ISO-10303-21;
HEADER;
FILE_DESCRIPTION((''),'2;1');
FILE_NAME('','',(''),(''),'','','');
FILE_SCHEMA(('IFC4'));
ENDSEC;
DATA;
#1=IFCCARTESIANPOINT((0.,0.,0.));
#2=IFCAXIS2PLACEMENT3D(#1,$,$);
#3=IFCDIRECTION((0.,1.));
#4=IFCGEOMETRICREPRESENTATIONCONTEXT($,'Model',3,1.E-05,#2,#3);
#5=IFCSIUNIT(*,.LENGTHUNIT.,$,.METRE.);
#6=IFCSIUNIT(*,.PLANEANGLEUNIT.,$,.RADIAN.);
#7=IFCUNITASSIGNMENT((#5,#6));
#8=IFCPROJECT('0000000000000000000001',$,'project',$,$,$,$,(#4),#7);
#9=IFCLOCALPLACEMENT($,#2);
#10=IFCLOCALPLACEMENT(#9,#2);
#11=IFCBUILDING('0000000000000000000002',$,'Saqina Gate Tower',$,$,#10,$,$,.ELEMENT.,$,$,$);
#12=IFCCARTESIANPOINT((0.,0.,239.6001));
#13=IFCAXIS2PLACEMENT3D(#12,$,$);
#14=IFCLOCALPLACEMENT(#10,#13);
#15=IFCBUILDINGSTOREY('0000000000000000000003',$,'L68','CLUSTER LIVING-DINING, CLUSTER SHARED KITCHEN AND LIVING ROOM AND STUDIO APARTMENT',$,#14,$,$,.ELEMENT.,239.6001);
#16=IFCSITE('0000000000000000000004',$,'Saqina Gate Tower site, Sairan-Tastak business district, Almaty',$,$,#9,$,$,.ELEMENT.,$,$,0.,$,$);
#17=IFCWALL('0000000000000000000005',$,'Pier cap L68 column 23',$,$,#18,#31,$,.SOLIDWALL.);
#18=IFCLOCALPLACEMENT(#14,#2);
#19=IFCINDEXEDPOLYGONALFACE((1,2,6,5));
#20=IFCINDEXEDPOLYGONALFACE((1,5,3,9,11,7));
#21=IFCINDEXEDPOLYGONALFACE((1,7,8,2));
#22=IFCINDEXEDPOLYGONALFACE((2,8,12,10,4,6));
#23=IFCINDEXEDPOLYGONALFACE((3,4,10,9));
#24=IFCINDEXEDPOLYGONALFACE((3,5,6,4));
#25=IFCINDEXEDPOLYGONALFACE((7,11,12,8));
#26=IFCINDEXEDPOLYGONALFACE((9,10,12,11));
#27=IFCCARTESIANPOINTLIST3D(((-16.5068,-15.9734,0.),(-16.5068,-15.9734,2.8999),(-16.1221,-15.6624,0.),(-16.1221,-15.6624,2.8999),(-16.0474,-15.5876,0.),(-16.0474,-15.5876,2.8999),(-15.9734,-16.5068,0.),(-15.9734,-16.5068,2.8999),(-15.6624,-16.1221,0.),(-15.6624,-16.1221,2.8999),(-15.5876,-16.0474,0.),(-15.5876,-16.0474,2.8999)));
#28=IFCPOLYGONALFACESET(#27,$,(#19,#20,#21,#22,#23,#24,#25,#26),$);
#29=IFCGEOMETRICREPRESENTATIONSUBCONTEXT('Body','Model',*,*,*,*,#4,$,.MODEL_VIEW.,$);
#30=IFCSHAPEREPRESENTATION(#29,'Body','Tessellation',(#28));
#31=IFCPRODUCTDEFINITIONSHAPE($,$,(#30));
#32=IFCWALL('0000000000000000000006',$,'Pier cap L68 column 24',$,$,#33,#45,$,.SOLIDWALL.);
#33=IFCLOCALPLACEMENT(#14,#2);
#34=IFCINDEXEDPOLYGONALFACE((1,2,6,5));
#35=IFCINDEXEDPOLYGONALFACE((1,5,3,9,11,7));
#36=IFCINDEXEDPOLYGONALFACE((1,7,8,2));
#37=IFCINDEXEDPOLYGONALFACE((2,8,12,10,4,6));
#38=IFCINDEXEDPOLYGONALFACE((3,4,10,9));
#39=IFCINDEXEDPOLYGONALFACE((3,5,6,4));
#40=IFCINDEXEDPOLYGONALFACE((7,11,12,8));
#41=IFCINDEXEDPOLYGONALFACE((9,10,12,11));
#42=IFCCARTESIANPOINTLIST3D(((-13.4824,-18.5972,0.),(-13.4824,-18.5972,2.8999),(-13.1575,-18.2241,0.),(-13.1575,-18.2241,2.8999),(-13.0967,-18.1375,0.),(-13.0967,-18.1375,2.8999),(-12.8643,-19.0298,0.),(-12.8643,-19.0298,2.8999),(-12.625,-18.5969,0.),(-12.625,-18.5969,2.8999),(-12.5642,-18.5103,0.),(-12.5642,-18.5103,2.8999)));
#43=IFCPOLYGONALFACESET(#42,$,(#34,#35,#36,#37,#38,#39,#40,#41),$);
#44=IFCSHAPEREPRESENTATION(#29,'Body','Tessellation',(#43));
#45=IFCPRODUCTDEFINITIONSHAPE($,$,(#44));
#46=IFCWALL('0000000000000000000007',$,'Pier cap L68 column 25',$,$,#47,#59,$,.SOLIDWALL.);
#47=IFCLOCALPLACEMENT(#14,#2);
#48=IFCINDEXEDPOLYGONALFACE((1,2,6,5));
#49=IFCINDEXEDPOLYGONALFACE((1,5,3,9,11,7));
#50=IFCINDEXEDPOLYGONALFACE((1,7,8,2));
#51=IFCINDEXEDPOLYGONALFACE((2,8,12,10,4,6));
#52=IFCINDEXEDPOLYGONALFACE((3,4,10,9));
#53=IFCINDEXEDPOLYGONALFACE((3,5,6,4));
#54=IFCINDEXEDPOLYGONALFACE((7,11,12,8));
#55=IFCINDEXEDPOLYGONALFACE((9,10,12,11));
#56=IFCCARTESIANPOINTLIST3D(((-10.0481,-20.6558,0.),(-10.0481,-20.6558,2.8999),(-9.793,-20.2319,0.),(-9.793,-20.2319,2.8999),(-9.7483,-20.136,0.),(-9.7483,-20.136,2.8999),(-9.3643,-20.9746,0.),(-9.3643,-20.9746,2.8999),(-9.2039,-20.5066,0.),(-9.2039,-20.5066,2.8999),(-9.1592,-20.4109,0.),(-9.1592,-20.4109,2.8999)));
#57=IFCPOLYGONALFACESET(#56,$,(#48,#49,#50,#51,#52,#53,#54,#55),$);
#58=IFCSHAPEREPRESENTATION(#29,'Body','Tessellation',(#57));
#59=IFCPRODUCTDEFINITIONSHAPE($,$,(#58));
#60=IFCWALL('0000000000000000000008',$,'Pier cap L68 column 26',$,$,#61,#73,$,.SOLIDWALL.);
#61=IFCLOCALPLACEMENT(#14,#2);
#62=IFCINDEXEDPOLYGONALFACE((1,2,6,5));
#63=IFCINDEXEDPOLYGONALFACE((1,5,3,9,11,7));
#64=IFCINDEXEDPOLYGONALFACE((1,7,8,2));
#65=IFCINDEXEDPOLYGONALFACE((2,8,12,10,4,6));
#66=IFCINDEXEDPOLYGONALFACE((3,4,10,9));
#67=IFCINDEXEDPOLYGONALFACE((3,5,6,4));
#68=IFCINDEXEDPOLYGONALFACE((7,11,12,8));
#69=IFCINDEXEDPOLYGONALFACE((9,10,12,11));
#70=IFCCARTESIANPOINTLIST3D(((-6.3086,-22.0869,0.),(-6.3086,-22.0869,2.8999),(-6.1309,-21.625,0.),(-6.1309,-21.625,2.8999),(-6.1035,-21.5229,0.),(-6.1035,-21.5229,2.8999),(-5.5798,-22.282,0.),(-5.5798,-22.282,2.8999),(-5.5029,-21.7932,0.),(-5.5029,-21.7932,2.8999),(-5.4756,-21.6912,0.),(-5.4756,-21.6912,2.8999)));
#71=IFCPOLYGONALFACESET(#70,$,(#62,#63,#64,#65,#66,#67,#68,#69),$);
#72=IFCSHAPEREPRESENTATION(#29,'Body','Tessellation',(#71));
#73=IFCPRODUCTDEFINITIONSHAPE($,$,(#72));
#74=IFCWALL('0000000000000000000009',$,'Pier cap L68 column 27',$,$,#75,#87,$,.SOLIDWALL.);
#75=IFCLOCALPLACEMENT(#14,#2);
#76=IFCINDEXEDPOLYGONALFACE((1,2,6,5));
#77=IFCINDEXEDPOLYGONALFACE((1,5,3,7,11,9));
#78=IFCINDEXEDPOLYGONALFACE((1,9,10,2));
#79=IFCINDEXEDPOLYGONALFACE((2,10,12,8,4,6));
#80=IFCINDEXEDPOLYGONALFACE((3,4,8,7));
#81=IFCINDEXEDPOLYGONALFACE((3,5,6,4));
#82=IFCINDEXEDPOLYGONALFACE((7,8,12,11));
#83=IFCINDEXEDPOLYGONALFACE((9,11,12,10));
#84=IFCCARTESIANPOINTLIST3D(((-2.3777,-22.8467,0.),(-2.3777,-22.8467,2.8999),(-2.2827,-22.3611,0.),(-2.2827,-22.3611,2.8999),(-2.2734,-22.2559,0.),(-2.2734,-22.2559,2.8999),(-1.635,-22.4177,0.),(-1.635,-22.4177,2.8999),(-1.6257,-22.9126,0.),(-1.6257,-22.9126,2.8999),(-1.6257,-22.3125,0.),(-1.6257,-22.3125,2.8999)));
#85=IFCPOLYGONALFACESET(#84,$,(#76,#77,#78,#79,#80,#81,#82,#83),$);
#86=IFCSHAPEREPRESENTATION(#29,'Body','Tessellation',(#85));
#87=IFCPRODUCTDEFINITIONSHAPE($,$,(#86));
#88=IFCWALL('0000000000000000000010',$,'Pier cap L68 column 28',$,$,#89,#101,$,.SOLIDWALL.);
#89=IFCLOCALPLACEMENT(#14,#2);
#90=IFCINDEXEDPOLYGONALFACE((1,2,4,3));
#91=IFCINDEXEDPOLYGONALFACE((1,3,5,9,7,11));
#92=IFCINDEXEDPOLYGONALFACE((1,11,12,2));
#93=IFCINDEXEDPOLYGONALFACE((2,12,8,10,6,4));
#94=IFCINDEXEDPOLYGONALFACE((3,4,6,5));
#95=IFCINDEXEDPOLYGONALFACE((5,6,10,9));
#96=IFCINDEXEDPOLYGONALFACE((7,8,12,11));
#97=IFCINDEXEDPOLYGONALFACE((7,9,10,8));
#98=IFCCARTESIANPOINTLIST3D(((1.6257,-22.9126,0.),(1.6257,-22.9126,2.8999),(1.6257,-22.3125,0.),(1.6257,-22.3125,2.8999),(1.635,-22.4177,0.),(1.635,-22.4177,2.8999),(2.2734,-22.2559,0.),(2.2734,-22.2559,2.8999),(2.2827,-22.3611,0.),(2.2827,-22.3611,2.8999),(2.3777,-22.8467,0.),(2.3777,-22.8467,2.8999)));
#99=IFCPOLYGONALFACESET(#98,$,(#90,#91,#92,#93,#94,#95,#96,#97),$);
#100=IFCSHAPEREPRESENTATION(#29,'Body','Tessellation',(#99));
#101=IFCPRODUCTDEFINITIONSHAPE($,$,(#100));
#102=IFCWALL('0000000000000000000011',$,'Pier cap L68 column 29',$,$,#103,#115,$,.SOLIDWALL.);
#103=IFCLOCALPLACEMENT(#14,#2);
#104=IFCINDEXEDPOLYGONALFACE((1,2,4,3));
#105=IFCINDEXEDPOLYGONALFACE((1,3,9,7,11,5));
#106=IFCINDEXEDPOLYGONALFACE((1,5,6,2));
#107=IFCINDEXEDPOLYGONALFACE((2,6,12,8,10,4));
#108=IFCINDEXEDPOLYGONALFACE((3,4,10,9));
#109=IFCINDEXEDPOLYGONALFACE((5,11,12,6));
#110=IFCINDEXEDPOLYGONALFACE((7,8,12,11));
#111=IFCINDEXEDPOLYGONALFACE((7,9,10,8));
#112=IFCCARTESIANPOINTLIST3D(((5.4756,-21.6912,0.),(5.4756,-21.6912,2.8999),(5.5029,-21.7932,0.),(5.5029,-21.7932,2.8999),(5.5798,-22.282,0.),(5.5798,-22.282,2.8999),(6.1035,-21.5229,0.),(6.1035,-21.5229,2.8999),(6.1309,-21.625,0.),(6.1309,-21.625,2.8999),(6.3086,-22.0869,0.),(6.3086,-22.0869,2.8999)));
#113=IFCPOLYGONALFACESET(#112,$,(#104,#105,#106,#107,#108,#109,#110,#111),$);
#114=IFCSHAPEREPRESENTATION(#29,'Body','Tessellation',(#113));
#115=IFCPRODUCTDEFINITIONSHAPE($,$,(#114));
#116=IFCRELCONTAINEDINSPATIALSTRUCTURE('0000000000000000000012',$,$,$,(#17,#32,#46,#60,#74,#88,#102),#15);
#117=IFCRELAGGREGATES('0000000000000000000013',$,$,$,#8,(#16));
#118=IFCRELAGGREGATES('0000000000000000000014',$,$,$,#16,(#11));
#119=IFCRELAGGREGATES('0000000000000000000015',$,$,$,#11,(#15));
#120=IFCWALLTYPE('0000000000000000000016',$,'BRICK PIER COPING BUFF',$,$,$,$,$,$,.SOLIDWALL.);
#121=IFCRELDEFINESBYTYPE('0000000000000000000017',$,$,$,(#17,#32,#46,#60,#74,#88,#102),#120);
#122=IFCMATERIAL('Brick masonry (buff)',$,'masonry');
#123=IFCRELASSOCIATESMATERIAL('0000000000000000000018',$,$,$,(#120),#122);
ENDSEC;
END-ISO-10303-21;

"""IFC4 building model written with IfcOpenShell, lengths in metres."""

from ifc_helpers import new_model, si_unit, direction, frame, origin, place, context, subcontext, project, spatial, polyline, outline, extrude, material, type_object, element, save


model = new_model("IFC4")

# Units and contexts
model_context = context("Model", 3, precision=1e-05, world=origin(), true_north=direction((0.0, 1.0)))
body_context = subcontext(model_context, "Body", "Model", "MODEL_VIEW")
ifc_project = project(units=[si_unit("LENGTHUNIT", "METRE"), si_unit("PLANEANGLEUNIT", "RADIAN")], contexts=[model_context])

# Site, building, storey
site_placement = place(None, origin())
site = spatial("IfcSite", under=ifc_project, at=site_placement, Name="Saqina Gate Tower site, Sairan-Tastak business district, Almaty", CompositionType="ELEMENT", RefElevation=0.0)
building_placement = place(site_placement, origin())
building = spatial("IfcBuilding", under=site, at=building_placement, Name="Saqina Gate Tower", CompositionType="ELEMENT")
storey_placement = place(building_placement, frame((0.0, 0.0, 239.6001)))
storey = spatial("IfcBuildingStorey", under=building, at=storey_placement, Name="L68", Description="CLUSTER LIVING-DINING, CLUSTER SHARED KITCHEN AND LIVING ROOM AND STUDIO APARTMENT", CompositionType="ELEMENT", Elevation=239.6001)

# Walls
ifc_material = material(Name="Brick masonry (buff)", Category="masonry")
wall_type = type_object("IfcWallType", Name="BRICK PIER COPING BUFF", PredefinedType="SOLIDWALL", material=ifc_material)
wall_1_placement = place(storey_placement, origin())
element("IfcWall", 1, at=wall_1_placement, inside=storey, type_object=wall_type, Name="Pier cap L68 column 23", PredefinedType="SOLIDWALL", context=body_context, shape_type="SweptSolid", body=[
    extrude(outline(polyline([(-15.9734, -16.5068), (-15.5876, -16.0474), (-15.6624, -16.1221), (-16.1221, -15.6624), (-16.0474, -15.5876), (-16.5068, -15.9734), (-15.9734, -16.5068)])), origin(), (0.0, 0.0, 1.0), 2.8999),
])
wall_2_placement = place(storey_placement, origin())
element("IfcWall", 2, at=wall_2_placement, inside=storey, type_object=wall_type, Name="Pier cap L68 column 24", PredefinedType="SOLIDWALL", context=body_context, shape_type="SweptSolid", body=[
    extrude(outline(polyline([(-12.8643, -19.0298), (-12.5642, -18.5103), (-12.625, -18.5969), (-13.1575, -18.2241), (-13.0967, -18.1375), (-13.4824, -18.5972), (-12.8643, -19.0298)])), origin(), (0.0, 0.0, 1.0), 2.8999),
])
wall_3_placement = place(storey_placement, origin())
element("IfcWall", 3, at=wall_3_placement, inside=storey, type_object=wall_type, Name="Pier cap L68 column 25", PredefinedType="SOLIDWALL", context=body_context, shape_type="SweptSolid", body=[
    extrude(outline(polyline([(-10.0481, -20.6558), (-9.3643, -20.9746), (-9.1592, -20.4109), (-9.2039, -20.5066), (-9.793, -20.2319), (-9.7483, -20.136), (-10.0481, -20.6558)])), origin(), (0.0, 0.0, 1.0), 2.8999),
])
wall_4_placement = place(storey_placement, origin())
element("IfcWall", 4, at=wall_4_placement, inside=storey, type_object=wall_type, Name="Pier cap L68 column 26", PredefinedType="SOLIDWALL", context=body_context, shape_type="SweptSolid", body=[
    extrude(outline(polyline([(-5.5798, -22.282), (-5.4756, -21.6912), (-5.5029, -21.7932), (-6.1309, -21.625), (-6.1035, -21.5229), (-6.3086, -22.0869), (-5.5798, -22.282)])), origin(), (0.0, 0.0, 1.0), 2.8999),
])
wall_5_placement = place(storey_placement, origin())
element("IfcWall", 5, at=wall_5_placement, inside=storey, type_object=wall_type, Name="Pier cap L68 column 27", PredefinedType="SOLIDWALL", context=body_context, shape_type="SweptSolid", body=[
    extrude(outline(polyline([(-2.3777, -22.8467), (-1.6257, -22.9126), (-1.6257, -22.3125), (-1.635, -22.4177), (-2.2827, -22.3611), (-2.2734, -22.2559), (-2.3777, -22.8467)])), origin(), (0.0, 0.0, 1.0), 2.8999),
])
wall_6_placement = place(storey_placement, origin())
element("IfcWall", 6, at=wall_6_placement, inside=storey, type_object=wall_type, Name="Pier cap L68 column 28", PredefinedType="SOLIDWALL", context=body_context, shape_type="SweptSolid", body=[
    extrude(outline(polyline([(1.6257, -22.9126), (2.3777, -22.8467), (2.2734, -22.2559), (2.2827, -22.3611), (1.635, -22.4177), (1.6257, -22.3125), (1.6257, -22.9126)])), origin(), (0.0, 0.0, 1.0), 2.8999),
])
wall_7_placement = place(storey_placement, origin())
element("IfcWall", 7, at=wall_7_placement, inside=storey, type_object=wall_type, Name="Pier cap L68 column 29", PredefinedType="SOLIDWALL", context=body_context, shape_type="SweptSolid", body=[
    extrude(outline(polyline([(6.3086, -22.0869), (6.1035, -21.5229), (6.1309, -21.625), (5.5029, -21.7932), (5.4756, -21.6912), (5.5798, -22.282), (6.3086, -22.0869)])), origin(), (0.0, 0.0, 1.0), 2.8999),
])

save(model, "model.ifc")
